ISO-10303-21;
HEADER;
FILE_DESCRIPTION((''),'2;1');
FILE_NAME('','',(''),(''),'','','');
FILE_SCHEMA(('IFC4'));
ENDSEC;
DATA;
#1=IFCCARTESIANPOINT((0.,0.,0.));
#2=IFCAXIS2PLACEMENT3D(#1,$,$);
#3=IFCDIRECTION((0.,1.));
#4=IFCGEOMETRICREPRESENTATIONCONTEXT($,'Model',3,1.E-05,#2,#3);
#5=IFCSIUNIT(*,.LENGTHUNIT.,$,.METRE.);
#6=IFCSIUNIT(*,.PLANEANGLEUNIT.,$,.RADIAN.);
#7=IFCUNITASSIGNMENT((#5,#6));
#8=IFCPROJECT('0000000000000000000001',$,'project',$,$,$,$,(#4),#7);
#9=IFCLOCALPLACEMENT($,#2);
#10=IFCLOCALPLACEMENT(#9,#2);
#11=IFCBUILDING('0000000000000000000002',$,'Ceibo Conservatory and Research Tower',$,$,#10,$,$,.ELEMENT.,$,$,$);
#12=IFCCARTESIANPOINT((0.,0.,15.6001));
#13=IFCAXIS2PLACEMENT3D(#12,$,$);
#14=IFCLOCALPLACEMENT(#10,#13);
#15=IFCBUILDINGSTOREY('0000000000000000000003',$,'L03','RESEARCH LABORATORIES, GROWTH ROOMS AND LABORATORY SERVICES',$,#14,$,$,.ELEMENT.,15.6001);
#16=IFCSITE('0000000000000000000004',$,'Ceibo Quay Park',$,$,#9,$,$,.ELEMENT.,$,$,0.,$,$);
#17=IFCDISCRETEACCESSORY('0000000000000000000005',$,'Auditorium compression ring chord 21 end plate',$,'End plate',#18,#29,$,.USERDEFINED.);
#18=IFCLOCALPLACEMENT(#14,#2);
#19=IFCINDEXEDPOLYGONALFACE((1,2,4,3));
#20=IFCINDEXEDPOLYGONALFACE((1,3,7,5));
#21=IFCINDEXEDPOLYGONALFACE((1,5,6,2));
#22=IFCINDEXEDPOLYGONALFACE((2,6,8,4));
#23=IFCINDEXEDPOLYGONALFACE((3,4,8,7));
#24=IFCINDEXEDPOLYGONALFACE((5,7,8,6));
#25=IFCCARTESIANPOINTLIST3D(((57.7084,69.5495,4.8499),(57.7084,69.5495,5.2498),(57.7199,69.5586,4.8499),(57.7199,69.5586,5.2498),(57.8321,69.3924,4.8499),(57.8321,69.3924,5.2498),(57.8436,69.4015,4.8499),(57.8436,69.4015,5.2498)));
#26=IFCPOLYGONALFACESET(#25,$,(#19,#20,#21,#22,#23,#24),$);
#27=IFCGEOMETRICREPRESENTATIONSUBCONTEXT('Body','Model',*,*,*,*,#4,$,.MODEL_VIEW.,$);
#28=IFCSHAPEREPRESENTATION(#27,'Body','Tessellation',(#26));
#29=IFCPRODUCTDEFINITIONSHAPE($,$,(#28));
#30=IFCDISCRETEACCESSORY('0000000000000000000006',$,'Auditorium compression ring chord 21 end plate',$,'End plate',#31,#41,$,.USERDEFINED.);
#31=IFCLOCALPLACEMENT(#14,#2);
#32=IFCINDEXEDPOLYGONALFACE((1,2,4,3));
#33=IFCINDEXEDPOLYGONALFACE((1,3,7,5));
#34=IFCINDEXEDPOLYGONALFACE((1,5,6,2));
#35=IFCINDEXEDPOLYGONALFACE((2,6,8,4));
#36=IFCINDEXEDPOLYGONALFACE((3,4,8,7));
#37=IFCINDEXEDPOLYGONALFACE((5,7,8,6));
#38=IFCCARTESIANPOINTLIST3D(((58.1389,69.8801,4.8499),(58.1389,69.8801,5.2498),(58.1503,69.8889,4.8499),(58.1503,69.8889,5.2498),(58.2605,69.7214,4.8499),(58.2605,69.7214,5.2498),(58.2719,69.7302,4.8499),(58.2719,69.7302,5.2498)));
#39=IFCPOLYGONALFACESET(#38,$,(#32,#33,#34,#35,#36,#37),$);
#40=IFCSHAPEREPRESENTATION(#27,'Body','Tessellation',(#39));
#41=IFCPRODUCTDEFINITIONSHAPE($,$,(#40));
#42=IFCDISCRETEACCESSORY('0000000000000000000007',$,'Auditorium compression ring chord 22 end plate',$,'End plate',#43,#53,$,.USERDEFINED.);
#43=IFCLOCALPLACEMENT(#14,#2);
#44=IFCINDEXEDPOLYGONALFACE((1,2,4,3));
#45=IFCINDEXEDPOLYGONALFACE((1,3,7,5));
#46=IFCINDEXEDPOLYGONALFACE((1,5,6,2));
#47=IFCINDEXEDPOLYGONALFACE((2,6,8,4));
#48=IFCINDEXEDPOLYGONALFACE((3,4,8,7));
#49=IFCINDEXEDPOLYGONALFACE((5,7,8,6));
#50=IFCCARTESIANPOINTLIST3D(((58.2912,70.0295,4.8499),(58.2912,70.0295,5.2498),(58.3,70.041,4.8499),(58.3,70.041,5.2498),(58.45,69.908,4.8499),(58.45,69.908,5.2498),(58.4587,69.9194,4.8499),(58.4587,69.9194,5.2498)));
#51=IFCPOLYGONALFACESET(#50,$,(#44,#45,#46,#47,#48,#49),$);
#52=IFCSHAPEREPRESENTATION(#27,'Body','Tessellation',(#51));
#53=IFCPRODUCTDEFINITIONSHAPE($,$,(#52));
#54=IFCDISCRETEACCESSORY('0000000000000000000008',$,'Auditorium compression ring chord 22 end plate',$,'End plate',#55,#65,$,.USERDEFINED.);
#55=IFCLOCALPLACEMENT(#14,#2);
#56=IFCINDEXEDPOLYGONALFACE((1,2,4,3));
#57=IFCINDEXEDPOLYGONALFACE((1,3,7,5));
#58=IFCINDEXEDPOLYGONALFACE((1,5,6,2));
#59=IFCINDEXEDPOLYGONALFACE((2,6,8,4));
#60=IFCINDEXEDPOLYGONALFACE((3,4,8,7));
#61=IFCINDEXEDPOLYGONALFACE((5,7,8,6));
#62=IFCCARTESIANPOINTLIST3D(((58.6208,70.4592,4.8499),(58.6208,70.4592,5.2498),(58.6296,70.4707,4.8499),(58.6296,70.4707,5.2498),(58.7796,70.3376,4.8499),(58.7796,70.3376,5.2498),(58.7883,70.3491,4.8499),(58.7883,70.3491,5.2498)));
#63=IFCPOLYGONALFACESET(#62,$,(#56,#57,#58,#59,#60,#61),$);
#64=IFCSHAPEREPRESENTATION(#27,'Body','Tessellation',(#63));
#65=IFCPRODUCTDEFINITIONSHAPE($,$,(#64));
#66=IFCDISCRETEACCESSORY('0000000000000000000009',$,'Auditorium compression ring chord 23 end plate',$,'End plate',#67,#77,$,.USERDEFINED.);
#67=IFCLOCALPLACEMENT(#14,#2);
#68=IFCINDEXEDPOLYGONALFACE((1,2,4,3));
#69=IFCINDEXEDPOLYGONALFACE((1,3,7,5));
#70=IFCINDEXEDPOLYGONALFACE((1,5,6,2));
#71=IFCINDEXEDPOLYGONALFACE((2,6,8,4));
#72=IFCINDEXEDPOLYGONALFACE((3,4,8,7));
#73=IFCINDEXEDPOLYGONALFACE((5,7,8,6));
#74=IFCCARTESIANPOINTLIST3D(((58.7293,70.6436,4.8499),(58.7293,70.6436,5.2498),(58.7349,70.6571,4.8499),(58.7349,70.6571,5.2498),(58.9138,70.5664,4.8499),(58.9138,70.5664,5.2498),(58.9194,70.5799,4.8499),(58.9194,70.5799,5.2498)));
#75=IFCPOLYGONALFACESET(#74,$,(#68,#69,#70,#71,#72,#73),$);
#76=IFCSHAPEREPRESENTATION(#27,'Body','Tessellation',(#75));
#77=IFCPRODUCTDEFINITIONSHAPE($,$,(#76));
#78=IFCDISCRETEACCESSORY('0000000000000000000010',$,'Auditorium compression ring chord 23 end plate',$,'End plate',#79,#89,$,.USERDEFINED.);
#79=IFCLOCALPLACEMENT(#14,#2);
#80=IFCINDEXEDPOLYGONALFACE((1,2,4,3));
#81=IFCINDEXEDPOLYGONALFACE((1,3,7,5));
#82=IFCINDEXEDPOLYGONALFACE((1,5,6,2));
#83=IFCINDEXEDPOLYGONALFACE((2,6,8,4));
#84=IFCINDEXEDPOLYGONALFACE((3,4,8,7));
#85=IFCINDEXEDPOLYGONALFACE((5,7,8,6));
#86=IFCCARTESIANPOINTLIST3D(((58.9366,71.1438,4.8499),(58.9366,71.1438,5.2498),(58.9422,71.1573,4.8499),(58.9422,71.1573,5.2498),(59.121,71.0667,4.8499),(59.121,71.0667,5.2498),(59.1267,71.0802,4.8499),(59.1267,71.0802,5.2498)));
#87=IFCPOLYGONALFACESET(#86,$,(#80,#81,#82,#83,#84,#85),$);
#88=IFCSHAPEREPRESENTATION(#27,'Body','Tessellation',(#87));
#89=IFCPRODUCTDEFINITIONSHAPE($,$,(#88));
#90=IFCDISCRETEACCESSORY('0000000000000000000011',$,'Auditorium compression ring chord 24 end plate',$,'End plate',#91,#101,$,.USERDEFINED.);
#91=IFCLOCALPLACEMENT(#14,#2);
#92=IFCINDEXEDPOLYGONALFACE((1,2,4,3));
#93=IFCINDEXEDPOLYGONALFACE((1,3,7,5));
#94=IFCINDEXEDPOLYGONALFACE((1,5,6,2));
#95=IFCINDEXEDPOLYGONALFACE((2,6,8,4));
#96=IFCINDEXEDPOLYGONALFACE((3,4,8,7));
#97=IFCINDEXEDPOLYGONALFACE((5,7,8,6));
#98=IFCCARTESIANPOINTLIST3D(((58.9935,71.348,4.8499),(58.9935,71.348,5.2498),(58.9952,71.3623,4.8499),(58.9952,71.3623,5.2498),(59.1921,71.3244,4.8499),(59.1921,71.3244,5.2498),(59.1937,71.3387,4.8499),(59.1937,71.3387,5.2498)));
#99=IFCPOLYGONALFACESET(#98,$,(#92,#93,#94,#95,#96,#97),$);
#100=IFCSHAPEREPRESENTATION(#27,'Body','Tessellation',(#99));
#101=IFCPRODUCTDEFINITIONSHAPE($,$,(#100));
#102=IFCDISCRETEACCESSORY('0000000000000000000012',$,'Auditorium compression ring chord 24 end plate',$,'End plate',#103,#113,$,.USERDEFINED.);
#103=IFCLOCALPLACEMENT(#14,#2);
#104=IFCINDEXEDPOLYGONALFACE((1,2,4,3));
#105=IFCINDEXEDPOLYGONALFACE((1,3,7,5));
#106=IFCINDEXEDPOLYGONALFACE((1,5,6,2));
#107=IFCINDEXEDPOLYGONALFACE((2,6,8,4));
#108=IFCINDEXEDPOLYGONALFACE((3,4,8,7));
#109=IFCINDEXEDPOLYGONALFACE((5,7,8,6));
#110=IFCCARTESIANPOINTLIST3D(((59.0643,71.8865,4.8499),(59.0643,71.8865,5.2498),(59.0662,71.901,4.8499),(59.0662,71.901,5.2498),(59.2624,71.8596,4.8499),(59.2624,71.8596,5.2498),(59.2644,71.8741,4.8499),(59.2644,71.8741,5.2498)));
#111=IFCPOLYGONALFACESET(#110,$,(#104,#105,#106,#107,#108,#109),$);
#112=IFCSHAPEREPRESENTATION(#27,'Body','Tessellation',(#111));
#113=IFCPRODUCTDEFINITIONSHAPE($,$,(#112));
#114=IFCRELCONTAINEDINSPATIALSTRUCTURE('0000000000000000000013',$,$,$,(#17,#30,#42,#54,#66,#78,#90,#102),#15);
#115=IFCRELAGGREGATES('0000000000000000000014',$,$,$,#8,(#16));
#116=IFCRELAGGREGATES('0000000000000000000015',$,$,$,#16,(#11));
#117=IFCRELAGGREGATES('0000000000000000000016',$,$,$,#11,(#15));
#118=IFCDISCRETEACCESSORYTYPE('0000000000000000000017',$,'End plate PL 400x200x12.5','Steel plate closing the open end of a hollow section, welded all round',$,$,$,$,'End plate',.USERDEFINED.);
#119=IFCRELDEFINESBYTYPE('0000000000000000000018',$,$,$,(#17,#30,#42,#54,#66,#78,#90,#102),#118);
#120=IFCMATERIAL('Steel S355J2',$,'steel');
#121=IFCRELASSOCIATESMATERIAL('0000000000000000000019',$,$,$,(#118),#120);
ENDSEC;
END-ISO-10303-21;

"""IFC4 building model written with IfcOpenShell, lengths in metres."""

from ifc_helpers import new_model, si_unit, direction, frame, origin, origin_2d, place, context, subcontext, project, spatial, rectangle, extrude, material, material_profile, profile_set, type_object, element, save


model = new_model("IFC4")

# Units and contexts
model_context = context("Model", 3, precision=1e-05, world=origin(), true_north=direction((0.0, 1.0)))
body_context = subcontext(model_context, "Body", "Model", "MODEL_VIEW")
ifc_project = project(units=[si_unit("LENGTHUNIT", "METRE"), si_unit("PLANEANGLEUNIT", "RADIAN")], contexts=[model_context])

# Site, building, storey
site_placement = place(None, origin())
site = spatial("IfcSite", under=ifc_project, at=site_placement, Name="Ceibo Quay Park", CompositionType="ELEMENT", RefElevation=0.0)
building_placement = place(site_placement, origin())
building = spatial("IfcBuilding", under=site, at=building_placement, Name="Ceibo Conservatory and Research Tower", CompositionType="ELEMENT")
storey_placement = place(building_placement, frame((0.0, 0.0, 15.6001)))
storey = spatial("IfcBuildingStorey", under=building, at=storey_placement, Name="L03", Description="RESEARCH LABORATORIES, GROWTH ROOMS AND LABORATORY SERVICES", CompositionType="ELEMENT", Elevation=15.6001)

# Shared definitions
ifc_material_1 = material(Name="Steel S355J2", Category="steel")

# Discrete accessories
ifc_material_profile_1 = material_profile(ifc_material_1, rectangle(XDim=0.2, YDim=0.3999, at=origin_2d()), Name="End plate PL 400x200x12.5")
ifc_profile_set_1 = profile_set([ifc_material_profile_1], Name="Steel S355J2")
discrete_accessory_type = type_object("IfcDiscreteAccessoryType", Name="End plate PL 400x200x12.5", Description="Steel plate closing the open end of a hollow section, welded all round", ElementType="End plate", PredefinedType="USERDEFINED", material=ifc_profile_set_1)
discrete_accessory_1_placement = place(storey_placement, frame((57.7703, 69.4709, 5.0498), z_axis=(0.785738, 0.61856, 0.0), x_axis=(-0.61856, 0.785738, 0.0)))
element("IfcDiscreteAccessory", 1, at=discrete_accessory_1_placement, inside=storey, type_object=discrete_accessory_type, Name="Auditorium compression ring chord 21 end plate", ObjectType="End plate", PredefinedType="USERDEFINED", context=body_context, shape_type="SweptSolid", body=[
    extrude(rectangle(XDim=0.2, YDim=0.3999, at=origin_2d()), origin(), (0.0, 0.0, 1.0), 0.0146),
])
for number, where, z_axis, x_axis, name in (
    (2, (58.1997, 69.8008, 5.0498), (0.793878, 0.608077, 0.0), (-0.608077, 0.793878, 0.0), "Auditorium compression ring chord 21 end plate"),
    (3, (58.3706, 69.9688, 5.0498), (0.608077, 0.793878, 0.0), (-0.793878, 0.608077, 0.0), "Auditorium compression ring chord 22 end plate"),
    (4, (58.7002, 70.3984, 5.0498), (0.608077, 0.793878, 0.0), (-0.793878, 0.608077, 0.0), "Auditorium compression ring chord 22 end plate"),
):
    element("IfcDiscreteAccessory", number, at=place(storey_placement, frame(where, z_axis=z_axis, x_axis=x_axis)), inside=storey, type_object=discrete_accessory_type, Name=name, ObjectType="End plate", PredefinedType="USERDEFINED", context=body_context, shape_type="SweptSolid", body=[
        extrude(rectangle(XDim=0.2, YDim=0.3999, at=origin_2d()), origin(), (0.0, 0.0, 1.0), 0.0144),
    ])
for number, where, z_axis, x_axis, name in (
    (5, (58.8215, 70.605, 5.0498), (0.385806, 0.92258, 0.0), (-0.92258, 0.385806, 0.0), "Auditorium compression ring chord 23 end plate"),
    (6, (59.0288, 71.1052, 5.0498), (0.385806, 0.92258, 0.0), (-0.92258, 0.385806, 0.0), "Auditorium compression ring chord 23 end plate"),
):
    element("IfcDiscreteAccessory", number, at=place(storey_placement, frame(where, z_axis=z_axis, x_axis=x_axis)), inside=storey, type_object=discrete_accessory_type, Name=name, ObjectType="End plate", PredefinedType="USERDEFINED", context=body_context, shape_type="SweptSolid", body=[
        extrude(rectangle(XDim=0.2, YDim=0.3999, at=origin_2d()), origin(), (0.0, 0.0, 1.0), 0.0146),
    ])
discrete_accessory_2_placement = place(storey_placement, frame((59.0928, 71.3362, 5.0498), z_axis=(0.117818, 0.993035, 0.0), x_axis=(-0.993035, 0.117818, 0.0)))
element("IfcDiscreteAccessory", 7, at=discrete_accessory_2_placement, inside=storey, type_object=discrete_accessory_type, Name="Auditorium compression ring chord 24 end plate", ObjectType="End plate", PredefinedType="USERDEFINED", context=body_context, shape_type="SweptSolid", body=[
    extrude(rectangle(XDim=0.2, YDim=0.3999, at=origin_2d()), origin(), (0.0, 0.0, 1.0), 0.0144),
])
discrete_accessory_3_placement = place(storey_placement, frame((59.1633, 71.873, 5.0498), z_axis=(0.134364, 0.990932, 0.0), x_axis=(-0.990932, 0.134364, 0.0)))
element("IfcDiscreteAccessory", 8, at=discrete_accessory_3_placement, inside=storey, type_object=discrete_accessory_type, Name="Auditorium compression ring chord 24 end plate", ObjectType="End plate", PredefinedType="USERDEFINED", context=body_context, shape_type="SweptSolid", body=[
    extrude(rectangle(XDim=0.2, YDim=0.3999, at=origin_2d()), origin(), (0.0, 0.0, 1.0), 0.0146),
])

save(model, "model.ifc")
